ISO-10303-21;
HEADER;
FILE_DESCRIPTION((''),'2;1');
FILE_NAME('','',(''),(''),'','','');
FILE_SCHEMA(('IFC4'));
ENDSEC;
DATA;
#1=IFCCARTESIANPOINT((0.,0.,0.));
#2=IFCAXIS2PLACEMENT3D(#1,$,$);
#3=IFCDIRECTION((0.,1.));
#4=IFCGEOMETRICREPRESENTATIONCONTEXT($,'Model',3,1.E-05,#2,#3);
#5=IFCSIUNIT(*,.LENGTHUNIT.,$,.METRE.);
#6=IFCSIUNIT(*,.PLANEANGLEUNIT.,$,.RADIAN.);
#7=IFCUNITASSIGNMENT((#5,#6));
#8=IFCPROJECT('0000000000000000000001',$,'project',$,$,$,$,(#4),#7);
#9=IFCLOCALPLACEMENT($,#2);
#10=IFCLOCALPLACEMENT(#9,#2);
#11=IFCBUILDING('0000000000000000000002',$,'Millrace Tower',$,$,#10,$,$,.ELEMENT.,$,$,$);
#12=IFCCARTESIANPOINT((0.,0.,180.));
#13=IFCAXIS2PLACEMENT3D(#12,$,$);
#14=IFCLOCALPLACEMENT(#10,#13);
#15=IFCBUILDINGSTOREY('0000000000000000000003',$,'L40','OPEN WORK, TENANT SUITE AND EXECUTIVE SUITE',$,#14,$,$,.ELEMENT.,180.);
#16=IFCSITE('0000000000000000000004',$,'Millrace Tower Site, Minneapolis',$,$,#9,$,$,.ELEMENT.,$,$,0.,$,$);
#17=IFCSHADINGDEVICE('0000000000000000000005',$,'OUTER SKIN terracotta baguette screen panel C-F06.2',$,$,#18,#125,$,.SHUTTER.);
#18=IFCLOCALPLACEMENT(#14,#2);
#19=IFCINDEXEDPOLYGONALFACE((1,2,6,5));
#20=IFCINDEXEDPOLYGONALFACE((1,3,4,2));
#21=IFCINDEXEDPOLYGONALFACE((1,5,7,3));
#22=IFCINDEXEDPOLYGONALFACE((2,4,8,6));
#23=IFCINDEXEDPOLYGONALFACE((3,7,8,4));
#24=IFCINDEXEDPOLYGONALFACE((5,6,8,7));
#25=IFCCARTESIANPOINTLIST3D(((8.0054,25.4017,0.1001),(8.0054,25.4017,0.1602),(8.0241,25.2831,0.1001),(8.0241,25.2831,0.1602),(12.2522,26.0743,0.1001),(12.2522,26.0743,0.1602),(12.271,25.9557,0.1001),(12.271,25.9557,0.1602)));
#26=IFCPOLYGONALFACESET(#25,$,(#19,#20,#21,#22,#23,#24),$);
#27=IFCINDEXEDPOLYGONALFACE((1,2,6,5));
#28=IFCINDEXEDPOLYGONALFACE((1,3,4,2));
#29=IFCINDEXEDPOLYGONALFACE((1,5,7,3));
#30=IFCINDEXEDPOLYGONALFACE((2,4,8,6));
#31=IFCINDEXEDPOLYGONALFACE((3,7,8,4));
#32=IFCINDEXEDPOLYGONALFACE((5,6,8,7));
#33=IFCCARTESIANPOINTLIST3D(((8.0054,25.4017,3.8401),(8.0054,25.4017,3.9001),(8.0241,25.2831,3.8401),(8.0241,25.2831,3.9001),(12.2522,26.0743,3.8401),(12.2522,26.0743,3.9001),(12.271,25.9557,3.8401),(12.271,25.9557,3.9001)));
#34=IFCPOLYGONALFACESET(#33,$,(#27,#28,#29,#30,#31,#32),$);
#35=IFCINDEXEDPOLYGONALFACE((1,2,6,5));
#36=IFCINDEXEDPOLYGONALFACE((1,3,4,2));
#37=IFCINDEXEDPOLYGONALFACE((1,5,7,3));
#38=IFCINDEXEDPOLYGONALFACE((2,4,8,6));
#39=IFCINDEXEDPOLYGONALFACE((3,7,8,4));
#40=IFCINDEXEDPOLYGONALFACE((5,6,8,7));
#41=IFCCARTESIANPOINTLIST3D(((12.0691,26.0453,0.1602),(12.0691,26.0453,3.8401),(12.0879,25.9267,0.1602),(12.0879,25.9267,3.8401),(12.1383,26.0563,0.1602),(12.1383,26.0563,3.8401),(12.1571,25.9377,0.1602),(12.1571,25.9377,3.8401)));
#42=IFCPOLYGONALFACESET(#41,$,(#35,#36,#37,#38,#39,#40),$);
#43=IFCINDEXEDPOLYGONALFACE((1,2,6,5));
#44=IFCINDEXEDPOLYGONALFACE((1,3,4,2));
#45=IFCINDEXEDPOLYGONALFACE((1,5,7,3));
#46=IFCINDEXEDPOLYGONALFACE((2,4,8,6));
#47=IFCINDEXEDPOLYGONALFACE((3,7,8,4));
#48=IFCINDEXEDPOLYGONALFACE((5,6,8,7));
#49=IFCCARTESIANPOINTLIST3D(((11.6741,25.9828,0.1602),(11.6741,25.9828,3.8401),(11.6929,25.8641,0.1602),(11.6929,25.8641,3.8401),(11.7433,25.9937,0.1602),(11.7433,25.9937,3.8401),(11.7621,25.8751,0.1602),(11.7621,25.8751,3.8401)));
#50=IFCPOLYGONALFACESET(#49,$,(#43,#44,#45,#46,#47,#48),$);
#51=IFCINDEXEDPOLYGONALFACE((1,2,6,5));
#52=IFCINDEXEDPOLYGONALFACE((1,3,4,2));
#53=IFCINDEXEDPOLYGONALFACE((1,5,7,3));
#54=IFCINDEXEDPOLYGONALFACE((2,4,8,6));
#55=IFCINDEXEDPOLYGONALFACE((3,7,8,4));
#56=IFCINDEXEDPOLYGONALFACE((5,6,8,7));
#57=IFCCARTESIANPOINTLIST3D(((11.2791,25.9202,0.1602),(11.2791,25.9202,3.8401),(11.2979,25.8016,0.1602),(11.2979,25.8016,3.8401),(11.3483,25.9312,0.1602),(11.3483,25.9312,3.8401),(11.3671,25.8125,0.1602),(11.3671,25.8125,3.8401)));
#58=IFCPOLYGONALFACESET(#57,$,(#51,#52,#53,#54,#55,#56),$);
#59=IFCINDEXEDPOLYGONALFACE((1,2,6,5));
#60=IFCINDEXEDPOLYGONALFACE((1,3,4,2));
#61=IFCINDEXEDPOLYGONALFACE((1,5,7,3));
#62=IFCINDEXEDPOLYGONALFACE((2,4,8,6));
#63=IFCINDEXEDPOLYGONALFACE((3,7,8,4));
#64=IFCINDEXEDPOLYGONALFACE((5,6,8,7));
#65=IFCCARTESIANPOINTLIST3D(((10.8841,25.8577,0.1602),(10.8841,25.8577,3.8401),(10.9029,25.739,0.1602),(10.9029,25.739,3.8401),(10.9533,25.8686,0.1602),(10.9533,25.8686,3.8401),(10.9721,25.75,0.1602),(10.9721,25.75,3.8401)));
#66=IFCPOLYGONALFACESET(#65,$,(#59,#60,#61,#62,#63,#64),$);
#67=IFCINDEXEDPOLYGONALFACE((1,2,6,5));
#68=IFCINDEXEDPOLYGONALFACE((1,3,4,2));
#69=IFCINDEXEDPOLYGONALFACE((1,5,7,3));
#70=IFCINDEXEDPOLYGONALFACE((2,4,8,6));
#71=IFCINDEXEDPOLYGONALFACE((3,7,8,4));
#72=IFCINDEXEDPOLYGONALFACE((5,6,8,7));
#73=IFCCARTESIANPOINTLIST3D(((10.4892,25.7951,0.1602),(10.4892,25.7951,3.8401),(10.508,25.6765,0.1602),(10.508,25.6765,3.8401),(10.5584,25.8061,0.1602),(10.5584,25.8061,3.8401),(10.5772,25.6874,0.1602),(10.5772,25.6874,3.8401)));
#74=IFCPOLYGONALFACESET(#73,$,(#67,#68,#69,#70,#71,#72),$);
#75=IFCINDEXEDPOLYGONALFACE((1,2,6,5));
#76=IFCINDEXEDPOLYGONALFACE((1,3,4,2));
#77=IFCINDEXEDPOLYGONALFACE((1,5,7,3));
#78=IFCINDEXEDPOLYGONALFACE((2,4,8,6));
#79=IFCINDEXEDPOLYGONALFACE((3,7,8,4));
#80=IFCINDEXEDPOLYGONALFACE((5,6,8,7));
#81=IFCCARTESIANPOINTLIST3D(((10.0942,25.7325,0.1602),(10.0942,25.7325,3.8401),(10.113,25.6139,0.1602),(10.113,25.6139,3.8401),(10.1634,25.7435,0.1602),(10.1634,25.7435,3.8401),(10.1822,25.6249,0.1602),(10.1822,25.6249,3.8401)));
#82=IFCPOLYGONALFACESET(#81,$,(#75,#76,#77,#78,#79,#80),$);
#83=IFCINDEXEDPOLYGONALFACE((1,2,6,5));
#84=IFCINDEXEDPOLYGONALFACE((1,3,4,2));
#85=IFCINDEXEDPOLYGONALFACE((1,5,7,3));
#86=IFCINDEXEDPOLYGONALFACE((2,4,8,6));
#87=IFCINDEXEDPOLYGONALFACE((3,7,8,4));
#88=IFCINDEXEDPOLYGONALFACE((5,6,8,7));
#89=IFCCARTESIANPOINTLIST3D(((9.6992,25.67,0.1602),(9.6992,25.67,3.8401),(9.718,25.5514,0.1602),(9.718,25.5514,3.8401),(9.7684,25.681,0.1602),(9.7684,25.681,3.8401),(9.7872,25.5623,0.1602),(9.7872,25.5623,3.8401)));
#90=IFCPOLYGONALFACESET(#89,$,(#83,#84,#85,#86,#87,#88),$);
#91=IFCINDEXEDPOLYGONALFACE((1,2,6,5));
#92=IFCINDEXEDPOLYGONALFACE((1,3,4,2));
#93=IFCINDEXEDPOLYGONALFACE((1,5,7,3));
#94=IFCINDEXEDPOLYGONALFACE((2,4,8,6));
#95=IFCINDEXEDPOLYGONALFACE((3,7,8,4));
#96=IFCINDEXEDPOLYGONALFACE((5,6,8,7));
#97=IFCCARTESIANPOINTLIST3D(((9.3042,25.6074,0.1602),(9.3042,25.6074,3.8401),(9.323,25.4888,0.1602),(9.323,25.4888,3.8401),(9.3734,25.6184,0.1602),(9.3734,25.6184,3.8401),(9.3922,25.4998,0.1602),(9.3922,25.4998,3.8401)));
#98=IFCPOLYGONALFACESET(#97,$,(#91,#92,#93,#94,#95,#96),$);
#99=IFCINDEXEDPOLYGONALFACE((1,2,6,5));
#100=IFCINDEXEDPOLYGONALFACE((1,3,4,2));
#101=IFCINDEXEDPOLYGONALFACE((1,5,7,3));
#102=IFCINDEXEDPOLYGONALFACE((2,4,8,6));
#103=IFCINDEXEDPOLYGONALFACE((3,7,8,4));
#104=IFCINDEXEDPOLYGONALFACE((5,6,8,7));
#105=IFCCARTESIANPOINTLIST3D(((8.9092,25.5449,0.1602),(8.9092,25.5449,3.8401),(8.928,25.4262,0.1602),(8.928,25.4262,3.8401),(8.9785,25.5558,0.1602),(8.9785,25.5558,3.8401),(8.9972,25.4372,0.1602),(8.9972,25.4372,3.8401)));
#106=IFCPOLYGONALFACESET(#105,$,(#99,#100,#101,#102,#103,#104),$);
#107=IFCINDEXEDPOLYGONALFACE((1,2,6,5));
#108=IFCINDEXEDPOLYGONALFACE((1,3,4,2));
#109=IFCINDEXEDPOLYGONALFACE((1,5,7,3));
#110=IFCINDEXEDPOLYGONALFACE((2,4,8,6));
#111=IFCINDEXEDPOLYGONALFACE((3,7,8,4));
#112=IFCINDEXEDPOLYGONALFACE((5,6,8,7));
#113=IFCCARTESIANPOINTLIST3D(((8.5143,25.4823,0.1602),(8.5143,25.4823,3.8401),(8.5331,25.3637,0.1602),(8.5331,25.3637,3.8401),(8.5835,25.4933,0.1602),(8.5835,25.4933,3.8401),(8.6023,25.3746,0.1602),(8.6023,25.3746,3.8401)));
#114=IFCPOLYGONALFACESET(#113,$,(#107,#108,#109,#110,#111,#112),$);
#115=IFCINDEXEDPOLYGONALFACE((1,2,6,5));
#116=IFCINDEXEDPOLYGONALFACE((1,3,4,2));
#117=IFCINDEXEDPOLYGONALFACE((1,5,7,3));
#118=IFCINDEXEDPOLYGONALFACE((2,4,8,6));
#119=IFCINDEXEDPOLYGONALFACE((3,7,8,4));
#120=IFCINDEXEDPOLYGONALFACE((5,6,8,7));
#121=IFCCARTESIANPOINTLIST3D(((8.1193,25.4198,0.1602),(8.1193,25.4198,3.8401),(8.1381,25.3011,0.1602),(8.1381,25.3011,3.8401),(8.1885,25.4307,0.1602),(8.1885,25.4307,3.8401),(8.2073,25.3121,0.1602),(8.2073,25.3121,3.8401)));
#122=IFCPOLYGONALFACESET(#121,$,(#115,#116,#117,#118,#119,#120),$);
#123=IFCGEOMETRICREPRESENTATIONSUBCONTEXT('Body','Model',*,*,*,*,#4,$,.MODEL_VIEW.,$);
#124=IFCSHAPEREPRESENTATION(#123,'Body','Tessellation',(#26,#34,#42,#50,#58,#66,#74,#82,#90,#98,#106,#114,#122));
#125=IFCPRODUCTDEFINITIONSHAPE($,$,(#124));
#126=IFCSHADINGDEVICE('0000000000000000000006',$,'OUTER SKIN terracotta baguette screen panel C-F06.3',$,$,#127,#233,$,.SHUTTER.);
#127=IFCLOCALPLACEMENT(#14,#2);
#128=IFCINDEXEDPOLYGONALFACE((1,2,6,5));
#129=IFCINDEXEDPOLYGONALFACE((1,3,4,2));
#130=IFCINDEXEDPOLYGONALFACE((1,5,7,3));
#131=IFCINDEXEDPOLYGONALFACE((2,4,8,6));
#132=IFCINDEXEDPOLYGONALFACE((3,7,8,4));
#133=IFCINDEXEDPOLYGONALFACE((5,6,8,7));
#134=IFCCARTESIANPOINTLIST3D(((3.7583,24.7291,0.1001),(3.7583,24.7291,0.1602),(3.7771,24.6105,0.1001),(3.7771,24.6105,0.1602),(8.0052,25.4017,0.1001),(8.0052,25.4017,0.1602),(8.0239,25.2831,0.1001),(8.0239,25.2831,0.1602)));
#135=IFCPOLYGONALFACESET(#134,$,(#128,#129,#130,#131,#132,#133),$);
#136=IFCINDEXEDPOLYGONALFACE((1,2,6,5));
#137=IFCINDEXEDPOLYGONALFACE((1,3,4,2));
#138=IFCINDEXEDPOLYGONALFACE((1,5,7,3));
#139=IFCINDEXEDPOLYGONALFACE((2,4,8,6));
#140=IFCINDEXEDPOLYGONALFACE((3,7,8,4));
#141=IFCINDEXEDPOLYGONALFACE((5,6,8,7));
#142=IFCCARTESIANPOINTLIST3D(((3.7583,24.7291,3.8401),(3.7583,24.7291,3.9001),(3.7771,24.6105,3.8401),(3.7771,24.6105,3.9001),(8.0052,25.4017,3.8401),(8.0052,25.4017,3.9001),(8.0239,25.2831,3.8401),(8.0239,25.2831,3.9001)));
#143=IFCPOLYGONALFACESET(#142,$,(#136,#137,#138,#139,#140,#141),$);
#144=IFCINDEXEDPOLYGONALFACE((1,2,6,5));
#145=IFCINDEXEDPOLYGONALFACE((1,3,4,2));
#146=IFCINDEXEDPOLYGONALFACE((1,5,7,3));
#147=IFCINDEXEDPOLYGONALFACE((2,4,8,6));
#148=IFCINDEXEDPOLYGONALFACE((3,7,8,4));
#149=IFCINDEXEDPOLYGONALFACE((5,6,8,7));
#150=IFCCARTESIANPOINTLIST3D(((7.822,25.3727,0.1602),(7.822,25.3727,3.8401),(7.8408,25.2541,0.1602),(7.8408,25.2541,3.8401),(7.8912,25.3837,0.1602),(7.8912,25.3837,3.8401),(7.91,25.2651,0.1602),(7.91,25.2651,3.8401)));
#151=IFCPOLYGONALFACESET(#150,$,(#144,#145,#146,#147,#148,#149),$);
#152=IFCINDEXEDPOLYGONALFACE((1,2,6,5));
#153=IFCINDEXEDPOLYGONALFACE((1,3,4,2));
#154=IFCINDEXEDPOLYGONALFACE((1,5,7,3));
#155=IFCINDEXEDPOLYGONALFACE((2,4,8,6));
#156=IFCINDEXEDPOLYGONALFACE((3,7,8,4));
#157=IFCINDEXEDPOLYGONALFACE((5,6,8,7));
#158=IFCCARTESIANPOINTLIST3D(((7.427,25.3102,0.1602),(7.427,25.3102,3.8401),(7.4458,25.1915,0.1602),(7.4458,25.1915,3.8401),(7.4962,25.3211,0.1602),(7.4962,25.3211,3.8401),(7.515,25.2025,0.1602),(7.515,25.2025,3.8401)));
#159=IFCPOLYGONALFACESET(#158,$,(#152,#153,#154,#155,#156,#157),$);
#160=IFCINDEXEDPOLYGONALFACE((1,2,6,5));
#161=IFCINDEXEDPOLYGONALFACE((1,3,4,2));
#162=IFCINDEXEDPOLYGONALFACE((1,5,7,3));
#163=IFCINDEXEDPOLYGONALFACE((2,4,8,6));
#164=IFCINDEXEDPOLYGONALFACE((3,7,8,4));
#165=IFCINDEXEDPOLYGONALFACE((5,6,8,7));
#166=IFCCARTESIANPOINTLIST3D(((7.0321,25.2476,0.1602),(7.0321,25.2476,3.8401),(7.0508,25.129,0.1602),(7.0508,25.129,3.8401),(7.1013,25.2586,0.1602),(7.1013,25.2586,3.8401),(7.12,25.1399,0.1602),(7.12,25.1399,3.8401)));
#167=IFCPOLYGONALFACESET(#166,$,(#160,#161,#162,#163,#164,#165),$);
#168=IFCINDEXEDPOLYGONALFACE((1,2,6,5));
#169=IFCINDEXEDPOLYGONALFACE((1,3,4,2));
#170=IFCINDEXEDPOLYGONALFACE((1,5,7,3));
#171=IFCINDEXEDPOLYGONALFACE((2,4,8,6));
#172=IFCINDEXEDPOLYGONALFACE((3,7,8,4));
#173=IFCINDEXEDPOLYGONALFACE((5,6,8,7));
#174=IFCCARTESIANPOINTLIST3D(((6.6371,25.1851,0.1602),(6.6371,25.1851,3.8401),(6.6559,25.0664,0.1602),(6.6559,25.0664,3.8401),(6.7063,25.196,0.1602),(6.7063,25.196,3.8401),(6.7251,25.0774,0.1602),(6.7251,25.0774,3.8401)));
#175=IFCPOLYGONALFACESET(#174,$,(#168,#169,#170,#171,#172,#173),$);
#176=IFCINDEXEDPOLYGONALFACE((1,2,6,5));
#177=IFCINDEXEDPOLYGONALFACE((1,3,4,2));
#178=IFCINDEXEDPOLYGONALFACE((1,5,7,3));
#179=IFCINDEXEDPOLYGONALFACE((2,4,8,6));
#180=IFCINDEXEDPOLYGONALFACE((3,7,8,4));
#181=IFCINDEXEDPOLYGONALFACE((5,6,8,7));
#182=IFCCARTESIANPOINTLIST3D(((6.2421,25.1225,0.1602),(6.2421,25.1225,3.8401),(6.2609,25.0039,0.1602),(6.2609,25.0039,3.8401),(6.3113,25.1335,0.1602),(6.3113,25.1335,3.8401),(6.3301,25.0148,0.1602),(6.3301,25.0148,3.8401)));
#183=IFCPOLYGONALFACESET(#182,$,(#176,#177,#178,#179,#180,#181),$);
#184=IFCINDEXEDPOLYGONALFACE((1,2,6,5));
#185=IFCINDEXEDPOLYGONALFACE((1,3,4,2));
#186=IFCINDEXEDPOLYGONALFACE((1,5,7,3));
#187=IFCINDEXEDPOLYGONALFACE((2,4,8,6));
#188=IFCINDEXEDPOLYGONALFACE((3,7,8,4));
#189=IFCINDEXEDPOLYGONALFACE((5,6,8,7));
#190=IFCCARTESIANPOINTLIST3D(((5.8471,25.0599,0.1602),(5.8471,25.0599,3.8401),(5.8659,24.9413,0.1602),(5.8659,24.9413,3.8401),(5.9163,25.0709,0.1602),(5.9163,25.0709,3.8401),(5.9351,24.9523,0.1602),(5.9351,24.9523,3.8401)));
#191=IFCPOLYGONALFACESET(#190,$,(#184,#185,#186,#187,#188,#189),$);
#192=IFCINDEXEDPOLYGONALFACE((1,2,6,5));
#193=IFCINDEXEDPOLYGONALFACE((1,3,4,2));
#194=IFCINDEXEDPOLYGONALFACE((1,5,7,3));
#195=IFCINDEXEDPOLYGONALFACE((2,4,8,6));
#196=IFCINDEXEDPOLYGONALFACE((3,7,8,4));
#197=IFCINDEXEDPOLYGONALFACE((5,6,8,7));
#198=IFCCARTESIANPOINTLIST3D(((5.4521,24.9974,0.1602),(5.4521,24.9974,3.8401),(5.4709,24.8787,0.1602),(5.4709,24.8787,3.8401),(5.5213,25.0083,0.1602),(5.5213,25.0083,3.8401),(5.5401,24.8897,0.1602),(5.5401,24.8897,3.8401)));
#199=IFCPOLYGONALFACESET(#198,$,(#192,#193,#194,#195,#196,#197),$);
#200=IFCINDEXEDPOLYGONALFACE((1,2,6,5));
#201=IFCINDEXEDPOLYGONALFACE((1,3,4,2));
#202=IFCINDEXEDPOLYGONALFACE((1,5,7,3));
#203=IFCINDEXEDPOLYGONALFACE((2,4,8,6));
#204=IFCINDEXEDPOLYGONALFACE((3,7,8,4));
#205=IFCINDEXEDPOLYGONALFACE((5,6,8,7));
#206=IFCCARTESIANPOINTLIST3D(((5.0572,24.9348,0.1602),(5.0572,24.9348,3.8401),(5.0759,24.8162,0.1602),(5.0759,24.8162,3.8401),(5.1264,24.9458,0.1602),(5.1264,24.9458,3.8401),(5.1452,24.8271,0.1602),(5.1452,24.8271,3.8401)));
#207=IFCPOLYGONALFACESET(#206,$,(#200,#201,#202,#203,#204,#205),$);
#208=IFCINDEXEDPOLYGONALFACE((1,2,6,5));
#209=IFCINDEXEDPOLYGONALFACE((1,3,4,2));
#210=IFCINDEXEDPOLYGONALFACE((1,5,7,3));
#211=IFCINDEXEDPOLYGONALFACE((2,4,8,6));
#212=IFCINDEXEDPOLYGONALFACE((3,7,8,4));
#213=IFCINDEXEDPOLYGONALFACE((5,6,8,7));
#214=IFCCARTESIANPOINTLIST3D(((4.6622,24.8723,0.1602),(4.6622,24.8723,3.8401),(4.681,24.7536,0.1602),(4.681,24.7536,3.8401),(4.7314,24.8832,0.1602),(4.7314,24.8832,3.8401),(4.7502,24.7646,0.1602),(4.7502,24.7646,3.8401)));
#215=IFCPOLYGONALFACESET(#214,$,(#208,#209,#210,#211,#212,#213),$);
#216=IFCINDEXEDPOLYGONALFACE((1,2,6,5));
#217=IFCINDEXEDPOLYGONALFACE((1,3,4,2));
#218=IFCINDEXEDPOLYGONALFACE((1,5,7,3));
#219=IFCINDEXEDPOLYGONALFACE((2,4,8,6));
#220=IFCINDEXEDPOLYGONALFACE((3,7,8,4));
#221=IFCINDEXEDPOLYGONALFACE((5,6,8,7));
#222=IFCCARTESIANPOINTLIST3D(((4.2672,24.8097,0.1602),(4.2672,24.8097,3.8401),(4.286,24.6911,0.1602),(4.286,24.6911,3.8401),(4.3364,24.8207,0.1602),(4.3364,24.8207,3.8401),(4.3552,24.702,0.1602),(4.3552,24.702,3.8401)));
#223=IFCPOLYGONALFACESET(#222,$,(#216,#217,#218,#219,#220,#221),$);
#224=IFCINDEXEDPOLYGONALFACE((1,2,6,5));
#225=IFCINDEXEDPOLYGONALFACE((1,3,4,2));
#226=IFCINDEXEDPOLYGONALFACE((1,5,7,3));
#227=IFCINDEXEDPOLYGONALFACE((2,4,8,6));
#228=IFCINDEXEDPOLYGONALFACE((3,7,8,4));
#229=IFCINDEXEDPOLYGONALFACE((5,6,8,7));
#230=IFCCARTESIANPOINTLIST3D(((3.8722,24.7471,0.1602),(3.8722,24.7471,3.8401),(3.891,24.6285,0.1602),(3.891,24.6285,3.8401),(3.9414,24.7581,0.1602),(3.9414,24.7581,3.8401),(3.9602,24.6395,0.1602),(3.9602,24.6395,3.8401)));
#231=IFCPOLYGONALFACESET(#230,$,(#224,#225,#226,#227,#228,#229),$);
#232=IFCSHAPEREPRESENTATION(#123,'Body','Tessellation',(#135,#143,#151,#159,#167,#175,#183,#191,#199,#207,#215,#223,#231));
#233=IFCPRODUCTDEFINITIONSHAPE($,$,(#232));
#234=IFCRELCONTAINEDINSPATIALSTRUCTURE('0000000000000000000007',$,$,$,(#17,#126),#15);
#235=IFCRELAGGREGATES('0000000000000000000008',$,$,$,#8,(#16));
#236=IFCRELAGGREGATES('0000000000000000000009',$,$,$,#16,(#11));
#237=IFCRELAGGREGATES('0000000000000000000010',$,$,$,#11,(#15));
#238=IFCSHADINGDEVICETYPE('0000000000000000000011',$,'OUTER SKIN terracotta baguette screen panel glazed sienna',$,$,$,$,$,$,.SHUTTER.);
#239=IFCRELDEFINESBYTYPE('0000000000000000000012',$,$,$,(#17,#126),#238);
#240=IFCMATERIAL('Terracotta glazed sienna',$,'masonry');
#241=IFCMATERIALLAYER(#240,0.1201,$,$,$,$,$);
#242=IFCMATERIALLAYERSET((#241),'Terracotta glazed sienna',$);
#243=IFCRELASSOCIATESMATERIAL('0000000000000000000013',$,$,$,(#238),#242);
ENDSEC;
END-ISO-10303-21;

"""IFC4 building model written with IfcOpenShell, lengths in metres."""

from ifc_helpers import new_model, entity, si_unit, direction, frame, frame_2d, origin, origin_2d, place, context, subcontext, project, spatial, rectangle, extrude, source, transform, mapped, material, layer, layer_set, type_object, element, save


model = new_model("IFC4")

# Units and contexts
model_context = context("Model", 3, precision=1e-05, world=origin(), true_north=direction((0.0, 1.0)))
body_context = subcontext(model_context, "Body", "Model", "MODEL_VIEW")
ifc_project = project(units=[si_unit("LENGTHUNIT", "METRE"), si_unit("PLANEANGLEUNIT", "RADIAN")], contexts=[model_context])

# Site, building, storey
site_placement = place(None, origin())
site = spatial("IfcSite", under=ifc_project, at=site_placement, Name="Millrace Tower Site, Minneapolis", CompositionType="ELEMENT", RefElevation=0.0)
building_placement = place(site_placement, origin())
building = spatial("IfcBuilding", under=site, at=building_placement, Name="Millrace Tower", CompositionType="ELEMENT")
storey_placement = place(building_placement, frame((0.0, 0.0, 180.0)))
storey = spatial("IfcBuildingStorey", under=building, at=storey_placement, Name="L40", Description="OPEN WORK, TENANT SUITE AND EXECUTIVE SUITE", CompositionType="ELEMENT", Elevation=180.0)

# Shading devices
ifc_material_1 = material(Name="Terracotta glazed sienna", Category="masonry")
ifc_layer_1 = layer(ifc_material_1, 0.1201)
ifc_layer_set_1 = layer_set([ifc_layer_1], Name="Terracotta glazed sienna")
shading_device_type = type_object("IfcShadingDeviceType", Name="OUTER SKIN terracotta baguette screen panel glazed sienna", PredefinedType="SHUTTER", material=ifc_layer_set_1)
cartesian_point_1 = entity("IfcCartesianPoint", [-2.1499, 0.0601])
shared_polyline_1 = entity("IfcPolyline", [cartesian_point_1, entity("IfcCartesianPoint", [2.1499, 0.0601]), entity("IfcCartesianPoint", [2.1499, -0.0601]), entity("IfcCartesianPoint", [-2.1499, -0.0601]), cartesian_point_1])
shared_shape_1 = source(origin(), body_context, "Body", "SweptSolid", [
    entity("IfcExtrudedAreaSolid", entity("IfcArbitraryClosedProfileDef", "AREA", None, shared_polyline_1), entity("IfcAxis2Placement3D", entity("IfcCartesianPoint", [0.0, 0.0, 0.0])), entity("IfcDirection", [0.0, 0.0, 1.0]), 0.0601),
    entity("IfcExtrudedAreaSolid", entity("IfcArbitraryClosedProfileDef", "AREA", None, shared_polyline_1), entity("IfcAxis2Placement3D", entity("IfcCartesianPoint", [0.0, 0.0, 3.74])), entity("IfcDirection", [0.0, 0.0, 1.0]), 0.0601),
    extrude(rectangle(XDim=0.0701, YDim=0.1201, at=frame_2d((-1.9995, 0.0))), frame((0.0, 0.0, 0.0601)), (0.0, 0.0, 1.0), 3.6799),
    extrude(rectangle(XDim=0.0701, YDim=0.1201, at=frame_2d((-1.5996, 0.0))), frame((0.0, 0.0, 0.0601)), (0.0, 0.0, 1.0), 3.6799),
    extrude(rectangle(XDim=0.0701, YDim=0.1201, at=frame_2d((-1.1997, 0.0))), frame((0.0, 0.0, 0.0601)), (0.0, 0.0, 1.0), 3.6799),
    extrude(rectangle(XDim=0.0701, YDim=0.1201, at=frame_2d((-0.7998, 0.0))), frame((0.0, 0.0, 0.0601)), (0.0, 0.0, 1.0), 3.6799),
    extrude(rectangle(XDim=0.0701, YDim=0.1201, at=frame_2d((-0.3999, 0.0))), frame((0.0, 0.0, 0.0601)), (0.0, 0.0, 1.0), 3.6799),
    extrude(rectangle(XDim=0.0701, YDim=0.1201, at=origin_2d()), frame((0.0, 0.0, 0.0601)), (0.0, 0.0, 1.0), 3.6799),
    extrude(rectangle(XDim=0.0701, YDim=0.1201, at=frame_2d((0.3999, 0.0))), frame((0.0, 0.0, 0.0601)), (0.0, 0.0, 1.0), 3.6799),
    extrude(rectangle(XDim=0.0701, YDim=0.1201, at=frame_2d((0.7998, 0.0))), frame((0.0, 0.0, 0.0601)), (0.0, 0.0, 1.0), 3.6799),
    extrude(rectangle(XDim=0.0701, YDim=0.1201, at=frame_2d((1.1997, 0.0))), frame((0.0, 0.0, 0.0601)), (0.0, 0.0, 1.0), 3.6799),
    extrude(rectangle(XDim=0.0701, YDim=0.1201, at=frame_2d((1.5996, 0.0))), frame((0.0, 0.0, 0.0601)), (0.0, 0.0, 1.0), 3.6799),
    extrude(rectangle(XDim=0.0701, YDim=0.1201, at=frame_2d((1.9995, 0.0))), frame((0.0, 0.0, 0.0601)), (0.0, 0.0, 1.0), 3.6799),
])
for number, where, z_axis, x_axis, name in (
    (1, (10.1382, 25.6787, 0.1001), (0.0, 0.0, 1.0), (-0.987688, -0.156434, 0.0), "OUTER SKIN terracotta baguette screen panel C-F06.2"),
    (2, (5.8911, 25.0061, 0.1001), (0.0, 0.0, 1.0), (-0.987688, -0.156434, 0.0), "OUTER SKIN terracotta baguette screen panel C-F06.3"),
):
    element("IfcShadingDevice", number, at=place(storey_placement, frame(where, z_axis=z_axis, x_axis=x_axis)), inside=storey, type_object=shading_device_type, Name=name, PredefinedType="SHUTTER", context=body_context, shape_type="MappedRepresentation", body=[
        mapped(shared_shape_1, transform((0.0, 0.0, 0.0), scale=1.0)),
    ])

save(model, "model.ifc")
